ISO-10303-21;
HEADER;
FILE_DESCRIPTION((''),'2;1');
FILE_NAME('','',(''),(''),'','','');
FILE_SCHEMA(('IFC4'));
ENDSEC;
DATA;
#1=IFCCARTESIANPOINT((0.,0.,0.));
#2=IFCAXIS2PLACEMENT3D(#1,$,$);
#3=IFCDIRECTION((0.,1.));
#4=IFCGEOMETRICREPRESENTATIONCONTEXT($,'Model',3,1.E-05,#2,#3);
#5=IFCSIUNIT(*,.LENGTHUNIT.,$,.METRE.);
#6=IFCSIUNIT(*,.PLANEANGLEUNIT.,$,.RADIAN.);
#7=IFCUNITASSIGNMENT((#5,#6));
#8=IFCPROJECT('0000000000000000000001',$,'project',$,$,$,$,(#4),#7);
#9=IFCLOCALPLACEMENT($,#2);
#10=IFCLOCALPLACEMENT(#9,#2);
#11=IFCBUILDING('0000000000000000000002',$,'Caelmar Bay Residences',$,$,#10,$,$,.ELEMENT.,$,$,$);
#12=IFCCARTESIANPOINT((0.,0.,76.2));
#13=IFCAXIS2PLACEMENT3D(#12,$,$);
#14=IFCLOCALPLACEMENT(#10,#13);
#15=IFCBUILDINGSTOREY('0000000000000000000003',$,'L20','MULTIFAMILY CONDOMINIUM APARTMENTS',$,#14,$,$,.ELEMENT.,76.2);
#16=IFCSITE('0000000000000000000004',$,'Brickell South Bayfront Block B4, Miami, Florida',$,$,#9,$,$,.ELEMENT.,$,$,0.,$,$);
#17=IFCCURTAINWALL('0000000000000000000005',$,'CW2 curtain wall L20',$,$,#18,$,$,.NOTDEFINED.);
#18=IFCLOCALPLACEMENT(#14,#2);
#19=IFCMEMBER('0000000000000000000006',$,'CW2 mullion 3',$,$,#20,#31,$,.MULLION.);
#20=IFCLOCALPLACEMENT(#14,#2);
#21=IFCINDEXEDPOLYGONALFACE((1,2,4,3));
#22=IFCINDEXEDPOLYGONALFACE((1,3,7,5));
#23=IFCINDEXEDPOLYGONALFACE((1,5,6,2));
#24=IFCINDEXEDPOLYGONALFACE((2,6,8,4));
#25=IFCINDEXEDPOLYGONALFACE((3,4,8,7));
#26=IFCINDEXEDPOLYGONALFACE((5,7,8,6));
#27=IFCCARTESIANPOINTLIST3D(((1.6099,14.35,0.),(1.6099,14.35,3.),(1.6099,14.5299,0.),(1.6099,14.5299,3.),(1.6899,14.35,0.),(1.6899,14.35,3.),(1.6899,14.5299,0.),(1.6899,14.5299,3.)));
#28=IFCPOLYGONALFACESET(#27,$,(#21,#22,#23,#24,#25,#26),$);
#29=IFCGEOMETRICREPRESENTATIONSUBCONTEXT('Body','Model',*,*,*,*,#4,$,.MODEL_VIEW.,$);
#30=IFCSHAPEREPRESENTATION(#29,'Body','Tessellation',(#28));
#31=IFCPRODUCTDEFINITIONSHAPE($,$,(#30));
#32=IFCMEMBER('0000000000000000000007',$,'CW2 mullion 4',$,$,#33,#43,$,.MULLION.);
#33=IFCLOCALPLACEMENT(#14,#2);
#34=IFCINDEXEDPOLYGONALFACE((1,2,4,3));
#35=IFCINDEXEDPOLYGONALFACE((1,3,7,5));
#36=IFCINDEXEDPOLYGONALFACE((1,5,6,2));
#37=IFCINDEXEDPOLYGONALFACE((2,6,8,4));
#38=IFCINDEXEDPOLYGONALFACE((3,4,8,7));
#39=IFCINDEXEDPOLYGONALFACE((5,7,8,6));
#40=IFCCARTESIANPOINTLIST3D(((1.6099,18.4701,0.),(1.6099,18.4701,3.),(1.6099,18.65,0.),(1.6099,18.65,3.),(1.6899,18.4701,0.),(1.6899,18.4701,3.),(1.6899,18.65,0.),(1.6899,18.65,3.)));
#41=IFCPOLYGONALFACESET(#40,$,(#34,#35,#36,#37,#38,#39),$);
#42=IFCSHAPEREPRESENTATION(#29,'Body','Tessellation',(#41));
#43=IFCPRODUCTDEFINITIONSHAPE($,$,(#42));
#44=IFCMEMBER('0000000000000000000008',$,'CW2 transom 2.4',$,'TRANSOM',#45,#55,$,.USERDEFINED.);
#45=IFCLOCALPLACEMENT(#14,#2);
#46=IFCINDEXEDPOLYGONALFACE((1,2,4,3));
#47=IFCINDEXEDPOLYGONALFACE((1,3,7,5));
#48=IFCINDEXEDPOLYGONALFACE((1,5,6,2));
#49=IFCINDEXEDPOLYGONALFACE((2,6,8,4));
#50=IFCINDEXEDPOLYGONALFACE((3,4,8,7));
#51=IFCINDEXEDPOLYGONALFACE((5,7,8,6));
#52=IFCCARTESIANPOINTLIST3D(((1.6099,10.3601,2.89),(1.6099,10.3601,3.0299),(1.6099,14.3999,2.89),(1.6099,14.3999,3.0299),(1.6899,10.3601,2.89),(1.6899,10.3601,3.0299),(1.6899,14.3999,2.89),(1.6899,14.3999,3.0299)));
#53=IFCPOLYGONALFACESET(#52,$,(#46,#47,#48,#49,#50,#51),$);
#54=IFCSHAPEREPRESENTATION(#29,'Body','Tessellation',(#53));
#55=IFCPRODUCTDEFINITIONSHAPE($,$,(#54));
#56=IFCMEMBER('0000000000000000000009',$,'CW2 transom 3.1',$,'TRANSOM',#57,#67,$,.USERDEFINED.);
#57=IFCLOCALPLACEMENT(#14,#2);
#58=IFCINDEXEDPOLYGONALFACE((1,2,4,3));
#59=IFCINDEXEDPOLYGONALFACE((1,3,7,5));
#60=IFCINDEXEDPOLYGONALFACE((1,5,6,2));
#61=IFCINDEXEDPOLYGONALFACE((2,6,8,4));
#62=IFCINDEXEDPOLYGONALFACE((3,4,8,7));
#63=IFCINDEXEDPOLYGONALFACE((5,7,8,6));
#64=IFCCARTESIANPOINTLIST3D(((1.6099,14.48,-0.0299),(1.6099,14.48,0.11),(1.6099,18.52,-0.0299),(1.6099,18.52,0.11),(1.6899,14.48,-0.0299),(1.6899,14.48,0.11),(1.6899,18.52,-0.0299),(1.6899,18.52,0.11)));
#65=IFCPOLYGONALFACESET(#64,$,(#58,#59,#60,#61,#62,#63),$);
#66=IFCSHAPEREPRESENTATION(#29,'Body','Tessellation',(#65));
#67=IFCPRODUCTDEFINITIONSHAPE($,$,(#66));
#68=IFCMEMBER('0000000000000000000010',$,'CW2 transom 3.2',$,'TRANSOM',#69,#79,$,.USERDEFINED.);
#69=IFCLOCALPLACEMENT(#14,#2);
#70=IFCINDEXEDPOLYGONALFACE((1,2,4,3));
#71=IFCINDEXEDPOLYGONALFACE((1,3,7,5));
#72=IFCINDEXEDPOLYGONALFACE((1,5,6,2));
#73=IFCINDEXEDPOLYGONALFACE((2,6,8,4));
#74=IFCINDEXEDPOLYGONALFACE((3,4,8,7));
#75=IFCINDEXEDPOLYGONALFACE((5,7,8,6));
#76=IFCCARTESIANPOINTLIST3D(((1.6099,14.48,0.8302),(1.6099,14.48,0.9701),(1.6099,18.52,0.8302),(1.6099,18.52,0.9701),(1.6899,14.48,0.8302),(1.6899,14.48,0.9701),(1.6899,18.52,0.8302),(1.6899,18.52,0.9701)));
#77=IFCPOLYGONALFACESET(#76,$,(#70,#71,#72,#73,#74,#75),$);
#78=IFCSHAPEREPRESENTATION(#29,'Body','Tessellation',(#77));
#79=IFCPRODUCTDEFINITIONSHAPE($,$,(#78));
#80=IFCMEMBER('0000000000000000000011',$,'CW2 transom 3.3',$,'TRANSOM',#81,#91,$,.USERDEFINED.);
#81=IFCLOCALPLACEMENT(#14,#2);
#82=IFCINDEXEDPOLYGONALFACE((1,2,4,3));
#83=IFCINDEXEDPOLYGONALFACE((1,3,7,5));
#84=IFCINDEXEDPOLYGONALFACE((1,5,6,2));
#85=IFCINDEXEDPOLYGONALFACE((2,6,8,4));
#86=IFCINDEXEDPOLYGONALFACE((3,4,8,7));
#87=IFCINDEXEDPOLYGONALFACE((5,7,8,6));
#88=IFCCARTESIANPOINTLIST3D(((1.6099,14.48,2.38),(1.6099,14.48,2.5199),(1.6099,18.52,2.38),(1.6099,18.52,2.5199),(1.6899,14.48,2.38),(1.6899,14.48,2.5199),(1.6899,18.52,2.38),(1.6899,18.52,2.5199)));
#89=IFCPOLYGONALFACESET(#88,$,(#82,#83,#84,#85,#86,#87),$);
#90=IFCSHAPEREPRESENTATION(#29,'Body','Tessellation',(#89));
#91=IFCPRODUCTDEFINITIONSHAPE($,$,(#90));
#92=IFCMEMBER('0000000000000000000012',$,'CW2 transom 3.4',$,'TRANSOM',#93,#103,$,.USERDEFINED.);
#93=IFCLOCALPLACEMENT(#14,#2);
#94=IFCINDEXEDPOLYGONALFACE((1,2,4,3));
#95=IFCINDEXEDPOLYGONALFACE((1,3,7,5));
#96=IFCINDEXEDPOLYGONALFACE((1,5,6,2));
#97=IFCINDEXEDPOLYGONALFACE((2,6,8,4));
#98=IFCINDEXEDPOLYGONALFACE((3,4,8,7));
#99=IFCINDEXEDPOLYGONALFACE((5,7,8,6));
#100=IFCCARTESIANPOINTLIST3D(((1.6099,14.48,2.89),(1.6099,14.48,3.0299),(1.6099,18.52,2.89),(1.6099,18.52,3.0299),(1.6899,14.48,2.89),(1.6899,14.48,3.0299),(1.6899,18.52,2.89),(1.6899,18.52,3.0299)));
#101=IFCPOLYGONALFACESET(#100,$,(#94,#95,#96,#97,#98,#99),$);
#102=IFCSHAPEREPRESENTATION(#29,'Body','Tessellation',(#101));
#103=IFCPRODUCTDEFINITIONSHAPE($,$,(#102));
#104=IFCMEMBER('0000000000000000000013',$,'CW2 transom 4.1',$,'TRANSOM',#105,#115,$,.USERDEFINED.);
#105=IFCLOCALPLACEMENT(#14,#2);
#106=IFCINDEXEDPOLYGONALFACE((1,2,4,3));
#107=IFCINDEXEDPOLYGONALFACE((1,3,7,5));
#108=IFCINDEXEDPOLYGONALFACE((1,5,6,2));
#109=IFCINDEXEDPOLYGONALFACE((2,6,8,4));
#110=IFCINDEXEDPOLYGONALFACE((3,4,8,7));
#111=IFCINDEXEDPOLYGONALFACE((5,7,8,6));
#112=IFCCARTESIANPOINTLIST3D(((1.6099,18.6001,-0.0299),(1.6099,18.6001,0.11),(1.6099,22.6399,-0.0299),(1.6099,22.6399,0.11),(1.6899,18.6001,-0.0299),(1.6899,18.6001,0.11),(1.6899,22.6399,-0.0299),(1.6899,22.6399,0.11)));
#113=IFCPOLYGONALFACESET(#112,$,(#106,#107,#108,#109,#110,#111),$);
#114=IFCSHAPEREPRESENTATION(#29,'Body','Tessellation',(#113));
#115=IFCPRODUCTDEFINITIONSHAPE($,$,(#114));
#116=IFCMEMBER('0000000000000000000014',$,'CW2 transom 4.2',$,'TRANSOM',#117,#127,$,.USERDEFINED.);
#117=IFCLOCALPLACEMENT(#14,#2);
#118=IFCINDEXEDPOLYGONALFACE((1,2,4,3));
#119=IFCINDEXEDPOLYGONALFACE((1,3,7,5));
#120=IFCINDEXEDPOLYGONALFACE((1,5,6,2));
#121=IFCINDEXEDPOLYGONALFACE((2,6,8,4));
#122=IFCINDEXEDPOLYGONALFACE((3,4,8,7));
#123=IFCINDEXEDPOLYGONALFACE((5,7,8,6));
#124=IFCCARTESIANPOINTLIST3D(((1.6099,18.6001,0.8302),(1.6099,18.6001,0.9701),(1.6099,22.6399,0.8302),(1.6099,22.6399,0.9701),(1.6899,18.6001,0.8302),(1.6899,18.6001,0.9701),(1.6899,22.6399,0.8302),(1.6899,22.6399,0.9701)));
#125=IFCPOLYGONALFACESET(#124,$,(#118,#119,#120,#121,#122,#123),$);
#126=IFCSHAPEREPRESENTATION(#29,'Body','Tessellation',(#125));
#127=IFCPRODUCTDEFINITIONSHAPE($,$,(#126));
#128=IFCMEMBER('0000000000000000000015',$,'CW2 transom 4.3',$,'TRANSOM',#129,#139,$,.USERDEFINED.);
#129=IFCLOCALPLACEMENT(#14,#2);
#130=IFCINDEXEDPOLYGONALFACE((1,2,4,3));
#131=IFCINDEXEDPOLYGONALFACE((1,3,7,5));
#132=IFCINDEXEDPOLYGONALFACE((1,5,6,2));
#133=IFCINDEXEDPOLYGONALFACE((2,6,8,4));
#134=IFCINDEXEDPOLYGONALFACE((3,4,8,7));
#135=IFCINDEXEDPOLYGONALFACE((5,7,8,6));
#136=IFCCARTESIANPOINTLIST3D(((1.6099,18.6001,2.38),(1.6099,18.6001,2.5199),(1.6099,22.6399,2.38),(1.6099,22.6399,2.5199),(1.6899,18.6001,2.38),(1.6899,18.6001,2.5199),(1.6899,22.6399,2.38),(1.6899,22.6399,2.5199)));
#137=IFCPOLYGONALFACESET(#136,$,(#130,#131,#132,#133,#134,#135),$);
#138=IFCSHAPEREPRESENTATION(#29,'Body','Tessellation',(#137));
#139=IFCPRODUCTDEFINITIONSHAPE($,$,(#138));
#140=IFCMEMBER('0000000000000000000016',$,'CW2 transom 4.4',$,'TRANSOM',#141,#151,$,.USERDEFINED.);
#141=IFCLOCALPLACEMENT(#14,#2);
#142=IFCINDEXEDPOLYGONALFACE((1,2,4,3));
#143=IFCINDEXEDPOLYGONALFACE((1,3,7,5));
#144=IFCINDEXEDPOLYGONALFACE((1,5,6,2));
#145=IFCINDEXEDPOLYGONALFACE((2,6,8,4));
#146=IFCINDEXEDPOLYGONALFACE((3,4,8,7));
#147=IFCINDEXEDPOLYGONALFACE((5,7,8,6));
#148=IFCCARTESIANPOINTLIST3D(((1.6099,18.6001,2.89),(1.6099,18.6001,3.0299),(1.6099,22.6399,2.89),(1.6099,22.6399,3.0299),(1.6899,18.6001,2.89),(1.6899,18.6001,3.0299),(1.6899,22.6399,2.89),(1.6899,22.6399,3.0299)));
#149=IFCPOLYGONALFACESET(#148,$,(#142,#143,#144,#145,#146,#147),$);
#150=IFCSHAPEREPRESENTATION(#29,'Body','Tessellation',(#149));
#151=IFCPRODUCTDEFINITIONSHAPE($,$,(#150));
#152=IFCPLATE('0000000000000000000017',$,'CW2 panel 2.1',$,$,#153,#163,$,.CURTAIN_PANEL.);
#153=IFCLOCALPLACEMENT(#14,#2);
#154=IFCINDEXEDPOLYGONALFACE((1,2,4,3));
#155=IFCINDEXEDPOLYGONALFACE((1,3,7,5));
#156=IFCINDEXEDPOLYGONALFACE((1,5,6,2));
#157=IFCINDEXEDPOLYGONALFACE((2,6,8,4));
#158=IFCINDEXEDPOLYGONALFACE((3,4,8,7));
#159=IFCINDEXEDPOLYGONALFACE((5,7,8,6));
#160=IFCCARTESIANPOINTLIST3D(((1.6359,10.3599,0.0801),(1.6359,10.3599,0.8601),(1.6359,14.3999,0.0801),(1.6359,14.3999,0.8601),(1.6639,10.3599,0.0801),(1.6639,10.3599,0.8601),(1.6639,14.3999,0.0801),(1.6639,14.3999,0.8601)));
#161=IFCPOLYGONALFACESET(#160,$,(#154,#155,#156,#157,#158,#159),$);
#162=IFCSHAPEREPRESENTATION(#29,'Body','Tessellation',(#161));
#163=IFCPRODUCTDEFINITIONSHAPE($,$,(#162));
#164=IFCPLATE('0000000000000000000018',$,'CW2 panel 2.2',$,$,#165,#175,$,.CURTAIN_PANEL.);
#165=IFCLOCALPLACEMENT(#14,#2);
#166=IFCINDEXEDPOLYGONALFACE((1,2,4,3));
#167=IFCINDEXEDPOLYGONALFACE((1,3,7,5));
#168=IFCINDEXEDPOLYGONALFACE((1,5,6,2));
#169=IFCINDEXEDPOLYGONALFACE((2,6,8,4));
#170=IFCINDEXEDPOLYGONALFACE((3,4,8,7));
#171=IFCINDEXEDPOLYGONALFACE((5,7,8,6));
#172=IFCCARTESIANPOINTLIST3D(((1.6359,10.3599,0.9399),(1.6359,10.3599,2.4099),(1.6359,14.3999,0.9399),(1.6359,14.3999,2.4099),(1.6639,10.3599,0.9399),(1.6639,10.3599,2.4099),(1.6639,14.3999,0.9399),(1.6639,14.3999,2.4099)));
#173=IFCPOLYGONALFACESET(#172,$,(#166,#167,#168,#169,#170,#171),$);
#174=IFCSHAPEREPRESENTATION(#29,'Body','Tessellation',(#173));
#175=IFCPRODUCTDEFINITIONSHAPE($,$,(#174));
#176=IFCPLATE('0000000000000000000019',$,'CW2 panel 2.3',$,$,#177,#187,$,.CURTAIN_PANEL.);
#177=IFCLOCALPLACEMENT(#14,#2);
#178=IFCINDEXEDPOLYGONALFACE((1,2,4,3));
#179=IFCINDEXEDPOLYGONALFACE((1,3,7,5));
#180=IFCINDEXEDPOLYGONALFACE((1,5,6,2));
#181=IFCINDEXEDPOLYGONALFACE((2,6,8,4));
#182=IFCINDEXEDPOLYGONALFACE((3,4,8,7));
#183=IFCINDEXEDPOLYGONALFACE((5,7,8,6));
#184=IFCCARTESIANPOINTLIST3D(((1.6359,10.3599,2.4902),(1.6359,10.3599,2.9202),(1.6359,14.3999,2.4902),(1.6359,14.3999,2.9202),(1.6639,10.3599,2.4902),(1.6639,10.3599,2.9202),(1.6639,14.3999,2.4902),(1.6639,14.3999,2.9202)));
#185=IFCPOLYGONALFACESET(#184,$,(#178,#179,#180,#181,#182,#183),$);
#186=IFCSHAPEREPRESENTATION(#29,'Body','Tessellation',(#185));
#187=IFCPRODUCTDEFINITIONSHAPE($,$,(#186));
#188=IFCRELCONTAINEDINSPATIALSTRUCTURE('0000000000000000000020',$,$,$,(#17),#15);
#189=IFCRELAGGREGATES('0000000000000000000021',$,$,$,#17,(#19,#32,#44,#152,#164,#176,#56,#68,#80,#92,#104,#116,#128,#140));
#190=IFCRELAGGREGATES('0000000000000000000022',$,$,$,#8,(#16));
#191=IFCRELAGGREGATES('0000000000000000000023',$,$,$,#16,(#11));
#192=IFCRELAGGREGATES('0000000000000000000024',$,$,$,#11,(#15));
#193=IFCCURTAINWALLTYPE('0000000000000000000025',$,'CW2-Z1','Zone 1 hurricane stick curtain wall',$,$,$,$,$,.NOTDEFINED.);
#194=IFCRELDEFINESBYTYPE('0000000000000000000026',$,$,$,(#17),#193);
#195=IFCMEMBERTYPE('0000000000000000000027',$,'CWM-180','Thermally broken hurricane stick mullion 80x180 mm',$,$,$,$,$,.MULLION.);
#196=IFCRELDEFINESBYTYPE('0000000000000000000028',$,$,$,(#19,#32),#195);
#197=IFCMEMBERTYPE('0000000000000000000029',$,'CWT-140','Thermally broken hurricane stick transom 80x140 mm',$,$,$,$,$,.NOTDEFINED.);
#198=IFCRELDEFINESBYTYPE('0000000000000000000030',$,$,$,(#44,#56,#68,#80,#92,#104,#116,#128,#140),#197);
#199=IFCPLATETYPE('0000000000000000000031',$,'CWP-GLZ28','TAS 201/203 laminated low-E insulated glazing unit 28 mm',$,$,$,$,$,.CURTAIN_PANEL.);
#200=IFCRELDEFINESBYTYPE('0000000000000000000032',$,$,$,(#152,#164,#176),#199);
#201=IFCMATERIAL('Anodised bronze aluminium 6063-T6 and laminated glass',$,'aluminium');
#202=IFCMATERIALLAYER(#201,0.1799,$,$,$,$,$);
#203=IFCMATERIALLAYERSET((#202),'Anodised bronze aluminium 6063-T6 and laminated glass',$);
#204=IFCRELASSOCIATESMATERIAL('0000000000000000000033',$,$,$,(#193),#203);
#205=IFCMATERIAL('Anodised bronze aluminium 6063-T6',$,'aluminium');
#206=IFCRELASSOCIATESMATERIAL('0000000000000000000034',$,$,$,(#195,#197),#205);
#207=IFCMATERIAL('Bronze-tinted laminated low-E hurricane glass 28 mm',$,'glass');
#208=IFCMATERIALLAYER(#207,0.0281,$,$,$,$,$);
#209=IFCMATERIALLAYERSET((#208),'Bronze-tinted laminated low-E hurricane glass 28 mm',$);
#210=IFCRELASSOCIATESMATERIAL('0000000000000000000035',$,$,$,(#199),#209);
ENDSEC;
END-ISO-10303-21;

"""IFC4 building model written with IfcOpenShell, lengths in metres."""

from ifc_helpers import new_model, si_unit, direction, frame, origin, origin_2d, place, context, subcontext, project, spatial, rectangle, extrude, material, layer, layer_set, material_profile, profile_set, type_object, element, aggregate, save


model = new_model("IFC4")

# Units and contexts
model_context = context("Model", 3, precision=1e-05, world=origin(), true_north=direction((0.0, 1.0)))
body_context = subcontext(model_context, "Body", "Model", "MODEL_VIEW")
ifc_project = project(units=[si_unit("LENGTHUNIT", "METRE"), si_unit("PLANEANGLEUNIT", "RADIAN")], contexts=[model_context])

# Site, building, storey
site_placement = place(None, origin())
site = spatial("IfcSite", under=ifc_project, at=site_placement, Name="Brickell South Bayfront Block B4, Miami, Florida", CompositionType="ELEMENT", RefElevation=0.0)
building_placement = place(site_placement, origin())
building = spatial("IfcBuilding", under=site, at=building_placement, Name="Caelmar Bay Residences", CompositionType="ELEMENT")
storey_placement = place(building_placement, frame((0.0, 0.0, 76.2)))
storey = spatial("IfcBuildingStorey", under=building, at=storey_placement, Name="L20", Description="MULTIFAMILY CONDOMINIUM APARTMENTS", CompositionType="ELEMENT", Elevation=76.2)

# Curtain wall, members, plates
ifc_material_1 = material(Name="Anodised bronze aluminium 6063-T6 and laminated glass", Category="aluminium")
ifc_layer_1 = layer(ifc_material_1, 0.1799)
ifc_layer_set_1 = layer_set([ifc_layer_1], Name="Anodised bronze aluminium 6063-T6 and laminated glass")
curtain_wall_type = type_object("IfcCurtainWallType", Name="CW2-Z1", Description="Zone 1 hurricane stick curtain wall", PredefinedType="NOTDEFINED", material=ifc_layer_set_1)
curtain_wall_placement = place(storey_placement, origin())
curtain_wall = element("IfcCurtainWall", 1, at=curtain_wall_placement, inside=storey, type_object=curtain_wall_type, Name="CW2 curtain wall L20", PredefinedType="NOTDEFINED")
ifc_material_2 = material(Name="Anodised bronze aluminium 6063-T6", Category="aluminium")
ifc_material_profile_1 = material_profile(ifc_material_2, rectangle(XDim=0.0801, YDim=0.1799, at=origin_2d()), Name="CWM-80X180")
ifc_profile_set_1 = profile_set([ifc_material_profile_1], Name="Anodised bronze aluminium 6063-T6")
member_type_1 = type_object("IfcMemberType", Name="CWM-180", Description="Thermally broken hurricane stick mullion 80x180 mm", PredefinedType="MULLION", material=ifc_profile_set_1)
member_1_placement = place(storey_placement, frame((1.6499, 14.4399, 0.0), z_axis=(0.0, 0.0, 1.0), x_axis=(-1.0, 0.0, 0.0)))
member_1 = element("IfcMember", 2, at=member_1_placement, type_object=member_type_1, Name="CW2 mullion 3", PredefinedType="MULLION", context=body_context, shape_type="SweptSolid", body=[
    extrude(rectangle(XDim=0.0801, YDim=0.1799, at=origin_2d()), origin(), (0.0, 0.0, 1.0), 3.0),
])
member_2_placement = place(storey_placement, frame((1.6499, 18.5601, 0.0), z_axis=(0.0, 0.0, 1.0), x_axis=(-1.0, 0.0, 0.0)))
member_2 = element("IfcMember", 3, at=member_2_placement, type_object=member_type_1, Name="CW2 mullion 4", PredefinedType="MULLION", context=body_context, shape_type="SweptSolid", body=[
    extrude(rectangle(XDim=0.0801, YDim=0.1799, at=origin_2d()), origin(), (0.0, 0.0, 1.0), 3.0),
])
ifc_material_profile_2 = material_profile(ifc_material_2, rectangle(XDim=0.0801, YDim=0.1399, at=origin_2d()), Name="CWT-80X140")
ifc_profile_set_2 = profile_set([ifc_material_profile_2], Name="Anodised bronze aluminium 6063-T6")
member_type_2 = type_object("IfcMemberType", Name="CWT-140", Description="Thermally broken hurricane stick transom 80x140 mm", PredefinedType="NOTDEFINED", material=ifc_profile_set_2)
member_3_placement = place(storey_placement, frame((1.6499, 10.3601, 2.96), z_axis=(0.0, 1.0, 0.0), x_axis=(-1.0, 0.0, 0.0)))
member_3 = element("IfcMember", 4, at=member_3_placement, type_object=member_type_2, Name="CW2 transom 2.4", ObjectType="TRANSOM", PredefinedType="USERDEFINED", context=body_context, shape_type="SweptSolid", body=[
    extrude(rectangle(XDim=0.0801, YDim=0.1399, at=origin_2d()), origin(), (0.0, 0.0, 1.0), 4.0398),
])
member_4_placement = place(storey_placement, frame((1.6499, 14.48, 0.04), z_axis=(0.0, 1.0, 0.0), x_axis=(-1.0, 0.0, 0.0)))
member_4 = element("IfcMember", 5, at=member_4_placement, type_object=member_type_2, Name="CW2 transom 3.1", ObjectType="TRANSOM", PredefinedType="USERDEFINED", context=body_context, shape_type="SweptSolid", body=[
    extrude(rectangle(XDim=0.0801, YDim=0.1399, at=origin_2d()), origin(), (0.0, 0.0, 1.0), 4.04),
])
member_5_placement = place(storey_placement, frame((1.6499, 14.48, 0.9001), z_axis=(0.0, 1.0, 0.0), x_axis=(-1.0, 0.0, 0.0)))
member_5 = element("IfcMember", 6, at=member_5_placement, type_object=member_type_2, Name="CW2 transom 3.2", ObjectType="TRANSOM", PredefinedType="USERDEFINED", context=body_context, shape_type="SweptSolid", body=[
    extrude(rectangle(XDim=0.0801, YDim=0.1399, at=origin_2d()), origin(), (0.0, 0.0, 1.0), 4.04),
])
member_6_placement = place(storey_placement, frame((1.6499, 14.48, 2.45), z_axis=(0.0, 1.0, 0.0), x_axis=(-1.0, 0.0, 0.0)))
member_6 = element("IfcMember", 7, at=member_6_placement, type_object=member_type_2, Name="CW2 transom 3.3", ObjectType="TRANSOM", PredefinedType="USERDEFINED", context=body_context, shape_type="SweptSolid", body=[
    extrude(rectangle(XDim=0.0801, YDim=0.1399, at=origin_2d()), origin(), (0.0, 0.0, 1.0), 4.04),
])
member_7_placement = place(storey_placement, frame((1.6499, 14.48, 2.96), z_axis=(0.0, 1.0, 0.0), x_axis=(-1.0, 0.0, 0.0)))
member_7 = element("IfcMember", 8, at=member_7_placement, type_object=member_type_2, Name="CW2 transom 3.4", ObjectType="TRANSOM", PredefinedType="USERDEFINED", context=body_context, shape_type="SweptSolid", body=[
    extrude(rectangle(XDim=0.0801, YDim=0.1399, at=origin_2d()), origin(), (0.0, 0.0, 1.0), 4.04),
])
member_8_placement = place(storey_placement, frame((1.6499, 18.6001, 0.04), z_axis=(0.0, 1.0, 0.0), x_axis=(-1.0, 0.0, 0.0)))
member_8 = element("IfcMember", 9, at=member_8_placement, type_object=member_type_2, Name="CW2 transom 4.1", ObjectType="TRANSOM", PredefinedType="USERDEFINED", context=body_context, shape_type="SweptSolid", body=[
    extrude(rectangle(XDim=0.0801, YDim=0.1399, at=origin_2d()), origin(), (0.0, 0.0, 1.0), 4.0398),
])
member_9_placement = place(storey_placement, frame((1.6499, 18.6001, 0.9001), z_axis=(0.0, 1.0, 0.0), x_axis=(-1.0, 0.0, 0.0)))
member_9 = element("IfcMember", 10, at=member_9_placement, type_object=member_type_2, Name="CW2 transom 4.2", ObjectType="TRANSOM", PredefinedType="USERDEFINED", context=body_context, shape_type="SweptSolid", body=[
    extrude(rectangle(XDim=0.0801, YDim=0.1399, at=origin_2d()), origin(), (0.0, 0.0, 1.0), 4.0398),
])
member_10_placement = place(storey_placement, frame((1.6499, 18.6001, 2.45), z_axis=(0.0, 1.0, 0.0), x_axis=(-1.0, 0.0, 0.0)))
member_10 = element("IfcMember", 11, at=member_10_placement, type_object=member_type_2, Name="CW2 transom 4.3", ObjectType="TRANSOM", PredefinedType="USERDEFINED", context=body_context, shape_type="SweptSolid", body=[
    extrude(rectangle(XDim=0.0801, YDim=0.1399, at=origin_2d()), origin(), (0.0, 0.0, 1.0), 4.0398),
])
member_11_placement = place(storey_placement, frame((1.6499, 18.6001, 2.96), z_axis=(0.0, 1.0, 0.0), x_axis=(-1.0, 0.0, 0.0)))
member_11 = element("IfcMember", 12, at=member_11_placement, type_object=member_type_2, Name="CW2 transom 4.4", ObjectType="TRANSOM", PredefinedType="USERDEFINED", context=body_context, shape_type="SweptSolid", body=[
    extrude(rectangle(XDim=0.0801, YDim=0.1399, at=origin_2d()), origin(), (0.0, 0.0, 1.0), 4.0398),
])
ifc_material_3 = material(Name="Bronze-tinted laminated low-E hurricane glass 28 mm", Category="glass")
ifc_layer_2 = layer(ifc_material_3, 0.0281)
ifc_layer_set_2 = layer_set([ifc_layer_2], Name="Bronze-tinted laminated low-E hurricane glass 28 mm")
plate_type = type_object("IfcPlateType", Name="CWP-GLZ28", Description="TAS 201/203 laminated low-E insulated glazing unit 28 mm", PredefinedType="CURTAIN_PANEL", material=ifc_layer_set_2)
plate_1_placement = place(storey_placement, frame((1.6499, 12.3799, 0.0801), z_axis=(0.0, 0.0, 1.0), x_axis=(0.0, 1.0, 0.0)))
plate_1 = element("IfcPlate", 13, at=plate_1_placement, type_object=plate_type, Name="CW2 panel 2.1", PredefinedType="CURTAIN_PANEL", context=body_context, shape_type="SweptSolid", body=[
    extrude(rectangle(XDim=4.04, YDim=0.0281, at=origin_2d()), origin(), (0.0, 0.0, 1.0), 0.78),
])
plate_2_placement = place(storey_placement, frame((1.6499, 12.3799, 0.9399), z_axis=(0.0, 0.0, 1.0), x_axis=(0.0, 1.0, 0.0)))
plate_2 = element("IfcPlate", 14, at=plate_2_placement, type_object=plate_type, Name="CW2 panel 2.2", PredefinedType="CURTAIN_PANEL", context=body_context, shape_type="SweptSolid", body=[
    extrude(rectangle(XDim=4.04, YDim=0.0281, at=origin_2d()), origin(), (0.0, 0.0, 1.0), 1.47),
])
plate_3_placement = place(storey_placement, frame((1.6499, 12.3799, 2.4902), z_axis=(0.0, 0.0, 1.0), x_axis=(0.0, 1.0, 0.0)))
plate_3 = element("IfcPlate", 15, at=plate_3_placement, type_object=plate_type, Name="CW2 panel 2.3", PredefinedType="CURTAIN_PANEL", context=body_context, shape_type="SweptSolid", body=[
    extrude(rectangle(XDim=4.04, YDim=0.0281, at=origin_2d()), origin(), (0.0, 0.0, 1.0), 0.4299),
])
aggregate(curtain_wall, [member_1, member_2, member_3, plate_1, plate_2, plate_3, member_4, member_5, member_6, member_7, member_8, member_9, member_10, member_11])

save(model, "model.ifc")
